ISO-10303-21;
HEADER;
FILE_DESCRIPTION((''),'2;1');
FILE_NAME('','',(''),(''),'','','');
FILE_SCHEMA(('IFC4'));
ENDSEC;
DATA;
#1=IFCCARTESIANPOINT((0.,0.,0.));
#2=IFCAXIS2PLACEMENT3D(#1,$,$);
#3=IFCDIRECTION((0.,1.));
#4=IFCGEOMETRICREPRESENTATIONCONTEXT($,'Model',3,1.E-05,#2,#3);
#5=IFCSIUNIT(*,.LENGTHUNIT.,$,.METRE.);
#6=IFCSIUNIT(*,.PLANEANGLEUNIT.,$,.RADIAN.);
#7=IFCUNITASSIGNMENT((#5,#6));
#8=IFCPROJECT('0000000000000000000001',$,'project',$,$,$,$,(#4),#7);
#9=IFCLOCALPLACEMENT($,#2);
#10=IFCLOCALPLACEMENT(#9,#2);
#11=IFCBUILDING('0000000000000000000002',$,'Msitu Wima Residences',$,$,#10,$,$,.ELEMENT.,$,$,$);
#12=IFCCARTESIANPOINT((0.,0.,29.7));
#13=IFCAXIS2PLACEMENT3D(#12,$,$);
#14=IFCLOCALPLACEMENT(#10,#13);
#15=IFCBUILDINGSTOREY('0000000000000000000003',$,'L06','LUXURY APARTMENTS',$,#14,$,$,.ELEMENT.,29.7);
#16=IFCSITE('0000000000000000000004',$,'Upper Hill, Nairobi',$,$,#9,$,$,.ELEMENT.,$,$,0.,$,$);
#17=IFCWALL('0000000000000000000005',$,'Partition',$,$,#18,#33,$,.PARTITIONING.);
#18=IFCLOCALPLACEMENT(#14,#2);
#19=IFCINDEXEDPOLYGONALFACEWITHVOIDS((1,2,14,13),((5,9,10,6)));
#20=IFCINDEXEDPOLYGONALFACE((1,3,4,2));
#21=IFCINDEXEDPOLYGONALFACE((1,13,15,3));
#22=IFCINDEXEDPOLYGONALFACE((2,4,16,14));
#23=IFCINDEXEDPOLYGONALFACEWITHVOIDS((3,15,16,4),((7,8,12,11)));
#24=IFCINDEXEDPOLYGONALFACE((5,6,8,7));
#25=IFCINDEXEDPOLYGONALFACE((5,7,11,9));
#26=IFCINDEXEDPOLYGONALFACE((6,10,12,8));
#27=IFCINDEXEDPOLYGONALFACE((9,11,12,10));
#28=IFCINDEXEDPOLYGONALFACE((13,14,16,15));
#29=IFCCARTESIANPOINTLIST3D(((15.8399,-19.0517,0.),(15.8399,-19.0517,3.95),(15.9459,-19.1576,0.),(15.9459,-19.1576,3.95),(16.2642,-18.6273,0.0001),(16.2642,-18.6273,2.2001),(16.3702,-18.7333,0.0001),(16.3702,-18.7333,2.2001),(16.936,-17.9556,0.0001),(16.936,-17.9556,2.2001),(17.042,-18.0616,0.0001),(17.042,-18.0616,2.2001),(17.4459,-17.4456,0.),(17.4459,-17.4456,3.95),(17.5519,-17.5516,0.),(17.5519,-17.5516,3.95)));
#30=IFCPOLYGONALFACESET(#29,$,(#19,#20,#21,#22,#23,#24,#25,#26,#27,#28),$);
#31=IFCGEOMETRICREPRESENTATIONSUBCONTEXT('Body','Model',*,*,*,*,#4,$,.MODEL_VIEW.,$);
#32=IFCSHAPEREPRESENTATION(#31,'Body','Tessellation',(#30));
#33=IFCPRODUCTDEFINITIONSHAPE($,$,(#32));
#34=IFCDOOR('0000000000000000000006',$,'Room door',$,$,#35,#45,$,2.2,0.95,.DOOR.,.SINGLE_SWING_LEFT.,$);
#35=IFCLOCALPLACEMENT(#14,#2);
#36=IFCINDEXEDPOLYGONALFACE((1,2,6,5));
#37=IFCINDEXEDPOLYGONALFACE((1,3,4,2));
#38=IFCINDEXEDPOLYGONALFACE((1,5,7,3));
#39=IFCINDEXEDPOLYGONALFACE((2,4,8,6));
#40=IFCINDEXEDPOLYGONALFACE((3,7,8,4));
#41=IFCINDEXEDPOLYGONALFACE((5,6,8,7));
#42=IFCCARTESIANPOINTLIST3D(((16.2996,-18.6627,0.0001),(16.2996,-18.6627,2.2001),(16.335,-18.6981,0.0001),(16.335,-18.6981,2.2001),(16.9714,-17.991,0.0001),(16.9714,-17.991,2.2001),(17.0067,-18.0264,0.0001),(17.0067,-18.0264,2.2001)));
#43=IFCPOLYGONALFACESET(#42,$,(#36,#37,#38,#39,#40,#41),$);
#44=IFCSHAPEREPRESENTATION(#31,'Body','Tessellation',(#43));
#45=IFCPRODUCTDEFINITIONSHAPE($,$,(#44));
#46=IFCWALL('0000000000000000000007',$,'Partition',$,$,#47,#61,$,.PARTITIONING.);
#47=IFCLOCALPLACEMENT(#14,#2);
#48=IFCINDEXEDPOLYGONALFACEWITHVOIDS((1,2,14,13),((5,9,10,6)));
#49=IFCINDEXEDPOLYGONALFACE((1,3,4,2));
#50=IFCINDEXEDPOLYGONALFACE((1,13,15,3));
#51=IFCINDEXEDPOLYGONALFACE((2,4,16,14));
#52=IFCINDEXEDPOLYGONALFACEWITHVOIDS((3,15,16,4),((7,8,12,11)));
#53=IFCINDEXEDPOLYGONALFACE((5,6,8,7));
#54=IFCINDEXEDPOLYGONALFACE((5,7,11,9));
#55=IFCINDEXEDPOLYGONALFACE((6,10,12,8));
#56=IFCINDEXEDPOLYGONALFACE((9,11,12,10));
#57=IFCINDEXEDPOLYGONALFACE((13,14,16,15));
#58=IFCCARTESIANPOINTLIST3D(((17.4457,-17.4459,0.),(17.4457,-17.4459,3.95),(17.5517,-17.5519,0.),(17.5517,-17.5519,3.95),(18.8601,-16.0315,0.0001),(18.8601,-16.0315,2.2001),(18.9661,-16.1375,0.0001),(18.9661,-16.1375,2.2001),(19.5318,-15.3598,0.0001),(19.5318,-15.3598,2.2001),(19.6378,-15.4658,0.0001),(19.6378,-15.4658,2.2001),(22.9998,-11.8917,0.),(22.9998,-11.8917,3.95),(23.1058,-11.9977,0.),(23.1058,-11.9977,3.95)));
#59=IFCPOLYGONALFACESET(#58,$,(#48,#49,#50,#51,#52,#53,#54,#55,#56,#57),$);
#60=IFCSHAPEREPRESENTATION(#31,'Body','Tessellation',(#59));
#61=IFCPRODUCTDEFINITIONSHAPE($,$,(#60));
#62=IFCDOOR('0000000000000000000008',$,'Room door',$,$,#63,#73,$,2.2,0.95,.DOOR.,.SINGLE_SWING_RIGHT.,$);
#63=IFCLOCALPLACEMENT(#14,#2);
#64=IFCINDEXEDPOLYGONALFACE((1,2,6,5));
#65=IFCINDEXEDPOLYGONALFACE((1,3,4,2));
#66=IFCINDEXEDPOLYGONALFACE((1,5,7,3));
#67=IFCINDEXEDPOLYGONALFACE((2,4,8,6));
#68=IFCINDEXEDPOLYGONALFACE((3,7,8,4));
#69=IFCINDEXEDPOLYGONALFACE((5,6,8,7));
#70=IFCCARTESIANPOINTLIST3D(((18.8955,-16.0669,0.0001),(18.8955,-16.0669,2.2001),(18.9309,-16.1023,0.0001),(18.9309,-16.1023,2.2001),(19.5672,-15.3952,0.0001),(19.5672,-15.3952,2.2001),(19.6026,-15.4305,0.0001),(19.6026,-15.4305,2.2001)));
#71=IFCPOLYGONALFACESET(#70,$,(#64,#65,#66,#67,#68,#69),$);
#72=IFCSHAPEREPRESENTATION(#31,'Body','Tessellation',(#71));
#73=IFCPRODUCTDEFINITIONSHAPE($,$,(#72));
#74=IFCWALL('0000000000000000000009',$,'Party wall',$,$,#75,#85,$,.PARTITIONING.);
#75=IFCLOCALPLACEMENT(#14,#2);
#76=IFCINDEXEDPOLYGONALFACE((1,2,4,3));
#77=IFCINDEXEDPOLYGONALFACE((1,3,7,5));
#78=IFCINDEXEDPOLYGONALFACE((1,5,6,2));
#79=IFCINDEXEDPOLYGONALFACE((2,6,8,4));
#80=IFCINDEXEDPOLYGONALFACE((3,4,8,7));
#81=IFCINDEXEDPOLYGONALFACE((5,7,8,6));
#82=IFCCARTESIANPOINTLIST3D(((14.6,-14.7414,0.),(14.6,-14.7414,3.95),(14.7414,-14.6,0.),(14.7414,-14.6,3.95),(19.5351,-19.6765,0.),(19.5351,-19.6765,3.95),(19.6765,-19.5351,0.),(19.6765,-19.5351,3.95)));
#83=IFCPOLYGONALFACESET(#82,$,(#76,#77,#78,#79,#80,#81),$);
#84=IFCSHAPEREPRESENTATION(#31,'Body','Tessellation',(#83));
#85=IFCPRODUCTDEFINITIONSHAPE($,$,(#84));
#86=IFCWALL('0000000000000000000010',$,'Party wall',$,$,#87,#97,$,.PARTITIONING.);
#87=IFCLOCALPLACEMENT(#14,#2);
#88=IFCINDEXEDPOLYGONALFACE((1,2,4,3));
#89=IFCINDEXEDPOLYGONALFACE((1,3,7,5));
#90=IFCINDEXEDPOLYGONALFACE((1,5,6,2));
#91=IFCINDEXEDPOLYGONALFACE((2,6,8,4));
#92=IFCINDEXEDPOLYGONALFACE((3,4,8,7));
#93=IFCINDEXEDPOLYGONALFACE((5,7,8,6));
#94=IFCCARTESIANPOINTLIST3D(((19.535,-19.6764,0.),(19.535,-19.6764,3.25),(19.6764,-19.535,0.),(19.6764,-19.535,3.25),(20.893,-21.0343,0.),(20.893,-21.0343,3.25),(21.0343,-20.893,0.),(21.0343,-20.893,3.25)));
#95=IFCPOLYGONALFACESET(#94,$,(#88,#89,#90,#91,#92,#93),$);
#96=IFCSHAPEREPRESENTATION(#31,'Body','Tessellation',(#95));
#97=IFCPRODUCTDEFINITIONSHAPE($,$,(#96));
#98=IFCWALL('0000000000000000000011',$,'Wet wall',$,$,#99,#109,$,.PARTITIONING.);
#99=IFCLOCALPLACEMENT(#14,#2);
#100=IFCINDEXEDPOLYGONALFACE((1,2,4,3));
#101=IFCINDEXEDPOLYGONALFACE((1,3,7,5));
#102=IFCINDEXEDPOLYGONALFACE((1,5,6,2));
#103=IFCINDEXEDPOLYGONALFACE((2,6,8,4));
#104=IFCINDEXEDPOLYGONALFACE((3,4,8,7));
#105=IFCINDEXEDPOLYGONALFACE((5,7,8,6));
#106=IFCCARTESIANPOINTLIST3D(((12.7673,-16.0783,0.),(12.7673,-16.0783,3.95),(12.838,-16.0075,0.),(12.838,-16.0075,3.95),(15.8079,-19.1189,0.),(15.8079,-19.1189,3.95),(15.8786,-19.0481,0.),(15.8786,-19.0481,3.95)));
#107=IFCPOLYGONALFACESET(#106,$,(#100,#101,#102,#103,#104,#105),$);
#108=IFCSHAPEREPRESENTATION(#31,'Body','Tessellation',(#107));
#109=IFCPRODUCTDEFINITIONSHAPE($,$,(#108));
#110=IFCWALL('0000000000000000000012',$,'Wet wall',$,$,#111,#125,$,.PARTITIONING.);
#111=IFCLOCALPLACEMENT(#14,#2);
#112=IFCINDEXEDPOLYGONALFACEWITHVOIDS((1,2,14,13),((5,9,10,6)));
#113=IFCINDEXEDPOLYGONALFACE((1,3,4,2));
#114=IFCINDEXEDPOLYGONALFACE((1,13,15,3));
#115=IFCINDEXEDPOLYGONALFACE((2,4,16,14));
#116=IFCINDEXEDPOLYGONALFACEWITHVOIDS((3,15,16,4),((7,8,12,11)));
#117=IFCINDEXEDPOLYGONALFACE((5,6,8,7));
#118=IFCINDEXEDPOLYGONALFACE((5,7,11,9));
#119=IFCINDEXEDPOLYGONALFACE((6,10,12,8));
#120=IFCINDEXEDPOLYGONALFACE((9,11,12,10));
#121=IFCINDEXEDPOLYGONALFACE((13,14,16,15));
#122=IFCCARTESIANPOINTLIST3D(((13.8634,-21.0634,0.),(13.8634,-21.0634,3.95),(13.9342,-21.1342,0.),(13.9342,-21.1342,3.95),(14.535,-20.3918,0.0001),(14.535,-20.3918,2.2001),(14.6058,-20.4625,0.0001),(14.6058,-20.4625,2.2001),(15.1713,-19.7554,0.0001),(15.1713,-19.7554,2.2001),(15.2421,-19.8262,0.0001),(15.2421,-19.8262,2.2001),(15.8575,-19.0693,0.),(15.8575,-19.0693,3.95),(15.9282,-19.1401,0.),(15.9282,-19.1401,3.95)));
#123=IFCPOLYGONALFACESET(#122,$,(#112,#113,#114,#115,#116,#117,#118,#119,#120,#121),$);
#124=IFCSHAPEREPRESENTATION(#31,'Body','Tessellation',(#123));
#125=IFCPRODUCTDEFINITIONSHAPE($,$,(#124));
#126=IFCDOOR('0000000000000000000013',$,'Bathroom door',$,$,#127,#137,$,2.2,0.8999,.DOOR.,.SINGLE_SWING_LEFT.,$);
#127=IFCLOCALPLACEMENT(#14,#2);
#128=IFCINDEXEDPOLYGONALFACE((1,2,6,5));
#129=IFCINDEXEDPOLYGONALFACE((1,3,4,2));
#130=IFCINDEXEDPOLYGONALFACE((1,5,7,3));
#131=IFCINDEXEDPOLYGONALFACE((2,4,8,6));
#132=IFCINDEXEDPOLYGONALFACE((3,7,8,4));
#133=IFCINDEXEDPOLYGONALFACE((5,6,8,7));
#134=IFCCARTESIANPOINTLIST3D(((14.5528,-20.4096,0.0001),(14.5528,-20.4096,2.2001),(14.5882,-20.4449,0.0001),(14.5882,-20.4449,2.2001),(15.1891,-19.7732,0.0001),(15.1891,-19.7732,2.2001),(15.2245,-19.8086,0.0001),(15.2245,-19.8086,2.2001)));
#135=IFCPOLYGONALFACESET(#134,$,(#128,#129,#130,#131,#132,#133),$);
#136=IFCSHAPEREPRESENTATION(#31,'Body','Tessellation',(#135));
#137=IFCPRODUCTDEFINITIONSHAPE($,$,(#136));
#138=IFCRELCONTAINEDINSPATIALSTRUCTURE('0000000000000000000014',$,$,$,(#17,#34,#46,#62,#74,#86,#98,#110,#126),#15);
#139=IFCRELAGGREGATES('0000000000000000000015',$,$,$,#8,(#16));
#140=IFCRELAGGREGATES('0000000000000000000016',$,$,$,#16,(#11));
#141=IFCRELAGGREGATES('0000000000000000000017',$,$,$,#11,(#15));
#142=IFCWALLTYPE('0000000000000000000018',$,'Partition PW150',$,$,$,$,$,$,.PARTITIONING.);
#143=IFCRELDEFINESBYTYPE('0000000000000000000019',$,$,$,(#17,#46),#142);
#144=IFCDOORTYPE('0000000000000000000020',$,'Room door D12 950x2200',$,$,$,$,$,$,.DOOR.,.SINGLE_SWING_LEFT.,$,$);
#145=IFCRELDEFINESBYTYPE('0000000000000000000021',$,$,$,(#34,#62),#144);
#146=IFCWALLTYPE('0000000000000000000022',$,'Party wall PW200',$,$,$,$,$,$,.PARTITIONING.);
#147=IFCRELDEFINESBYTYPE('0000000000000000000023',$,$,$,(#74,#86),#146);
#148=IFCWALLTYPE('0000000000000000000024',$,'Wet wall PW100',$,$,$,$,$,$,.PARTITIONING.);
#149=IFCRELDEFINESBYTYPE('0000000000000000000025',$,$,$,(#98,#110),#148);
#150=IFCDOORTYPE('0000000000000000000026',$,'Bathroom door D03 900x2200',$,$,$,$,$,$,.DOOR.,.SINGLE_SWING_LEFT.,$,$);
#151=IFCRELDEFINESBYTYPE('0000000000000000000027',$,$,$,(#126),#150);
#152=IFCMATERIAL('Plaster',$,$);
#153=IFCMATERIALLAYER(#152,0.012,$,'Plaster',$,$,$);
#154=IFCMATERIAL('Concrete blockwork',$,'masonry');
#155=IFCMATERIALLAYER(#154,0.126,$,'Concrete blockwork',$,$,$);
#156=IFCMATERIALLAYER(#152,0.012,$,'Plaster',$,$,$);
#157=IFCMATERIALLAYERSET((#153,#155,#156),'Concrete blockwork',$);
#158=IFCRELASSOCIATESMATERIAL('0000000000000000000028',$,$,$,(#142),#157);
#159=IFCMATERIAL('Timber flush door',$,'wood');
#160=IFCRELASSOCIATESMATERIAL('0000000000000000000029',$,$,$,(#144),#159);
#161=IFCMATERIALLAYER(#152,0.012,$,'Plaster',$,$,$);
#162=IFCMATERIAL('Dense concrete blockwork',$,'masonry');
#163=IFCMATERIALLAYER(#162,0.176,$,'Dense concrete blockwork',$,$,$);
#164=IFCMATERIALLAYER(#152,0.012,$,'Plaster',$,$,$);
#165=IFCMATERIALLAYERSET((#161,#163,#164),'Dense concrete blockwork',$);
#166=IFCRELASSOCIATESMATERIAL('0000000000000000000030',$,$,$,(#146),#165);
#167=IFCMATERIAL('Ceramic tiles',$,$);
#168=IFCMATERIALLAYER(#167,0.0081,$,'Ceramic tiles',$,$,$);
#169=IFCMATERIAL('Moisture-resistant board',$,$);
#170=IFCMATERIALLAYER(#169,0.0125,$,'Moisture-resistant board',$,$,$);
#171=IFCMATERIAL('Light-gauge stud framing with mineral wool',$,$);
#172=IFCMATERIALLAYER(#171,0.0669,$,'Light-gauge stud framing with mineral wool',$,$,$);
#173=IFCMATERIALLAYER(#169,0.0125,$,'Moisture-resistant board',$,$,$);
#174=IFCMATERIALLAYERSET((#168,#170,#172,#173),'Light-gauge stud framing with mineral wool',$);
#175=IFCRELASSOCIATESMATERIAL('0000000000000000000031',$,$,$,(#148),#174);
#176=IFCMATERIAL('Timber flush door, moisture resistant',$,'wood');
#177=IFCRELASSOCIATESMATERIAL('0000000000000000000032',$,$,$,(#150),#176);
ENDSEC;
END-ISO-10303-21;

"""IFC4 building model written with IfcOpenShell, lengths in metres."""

from ifc_helpers import new_model, si_unit, direction, frame, frame_2d, origin, place, context, subcontext, project, spatial, rectangle, extrude, material, layer, layer_set, type_object, element, fill, save


model = new_model("IFC4")

# Units and contexts
model_context = context("Model", 3, precision=1e-05, world=origin(), true_north=direction((0.0, 1.0)))
body_context = subcontext(model_context, "Body", "Model", "MODEL_VIEW")
ifc_project = project(units=[si_unit("LENGTHUNIT", "METRE"), si_unit("PLANEANGLEUNIT", "RADIAN")], contexts=[model_context])

# Site, building, storey
site_placement = place(None, origin())
site = spatial("IfcSite", under=ifc_project, at=site_placement, Name="Upper Hill, Nairobi", CompositionType="ELEMENT", RefElevation=0.0)
building_placement = place(site_placement, origin())
building = spatial("IfcBuilding", under=site, at=building_placement, Name="Msitu Wima Residences", CompositionType="ELEMENT")
storey_placement = place(building_placement, frame((0.0, 0.0, 29.7)))
storey = spatial("IfcBuildingStorey", under=building, at=storey_placement, Name="L06", Description="LUXURY APARTMENTS", CompositionType="ELEMENT", Elevation=29.7)

# Shared definitions
ifc_material_1 = material(Name="Plaster")
ifc_material_2 = material(Name="Concrete blockwork", Category="masonry")

# Shared definitions
ifc_layer_1 = layer(ifc_material_1, 0.012, Name="Plaster")
ifc_layer_2 = layer(ifc_material_2, 0.126, Name="Concrete blockwork")
ifc_layer_3 = layer(ifc_material_1, 0.012, Name="Plaster")
ifc_layer_set_1 = layer_set([ifc_layer_1, ifc_layer_2, ifc_layer_3], Name="Concrete blockwork")
wall_type_1 = type_object("IfcWallType", Name="Partition PW150", PredefinedType="PARTITIONING", material=ifc_layer_set_1)

# Walls, openings, doors
wall_1_placement = place(storey_placement, frame((15.8928, -19.1047, 0.0), z_axis=(0.0, 0.0, 1.0), x_axis=(0.707107, 0.707107, 0.0)))
wall_1 = element("IfcWall", 1, at=wall_1_placement, inside=storey, type_object=wall_type_1, Name="Partition", PredefinedType="PARTITIONING", context=body_context, shape_type="SweptSolid", body=[
    extrude(rectangle(XDim=2.2712, YDim=0.1499, at=frame_2d((1.1357, 0.0))), origin(), (0.0, 0.0, 1.0), 3.95),
])
opening_1_placement = place(wall_1_placement, frame((0.6001, 0.0, 0.0)))
opening_1 = element("IfcOpeningElement", 2, at=opening_1_placement, cuts=wall_1, PredefinedType="OPENING", context=body_context, shape_type="SweptSolid", body=[
    extrude(rectangle(XDim=0.95, YDim=2.2, at=frame_2d((0.4751, 1.1001))), frame((0.0, 0.085, 0.0), z_axis=(0.0, -1.0, 0.0), x_axis=(1.0, 0.0, 0.0)), (0.0, 0.0, 1.0), 0.1699),
])
ifc_material_3 = material(Name="Timber flush door", Category="wood")
door_type_1 = type_object("IfcDoorType", Name="Room door D12 950x2200", OperationType="SINGLE_SWING_LEFT", PredefinedType="DOOR", material=ifc_material_3)
door_1_placement = place(opening_1_placement, origin())
door_1 = element("IfcDoor", 3, at=door_1_placement, inside=storey, type_object=door_type_1, Name="Room door", OperationType="SINGLE_SWING_LEFT", OverallHeight=2.2, OverallWidth=0.95, PredefinedType="DOOR", context=body_context, shape_type="SweptSolid", body=[
    extrude(rectangle(XDim=0.95, YDim=2.2, at=frame_2d((0.4751, 1.1001))), frame((0.0, 0.0249, 0.0), z_axis=(0.0, -1.0, 0.0), x_axis=(1.0, 0.0, 0.0)), (0.0, 0.0, 1.0), 0.05),
])
fill(opening_1, door_1)
wall_2_placement = place(storey_placement, frame((17.4988, -17.4988, 0.0), z_axis=(0.0, 0.0, 1.0), x_axis=(0.707107, 0.707107, 0.0)))
wall_2 = element("IfcWall", 4, at=wall_2_placement, inside=storey, type_object=wall_type_1, Name="Partition", PredefinedType="PARTITIONING", context=body_context, shape_type="SweptSolid", body=[
    extrude(rectangle(XDim=7.8547, YDim=0.1499, at=frame_2d((3.9272, 0.0))), origin(), (0.0, 0.0, 1.0), 3.95),
])
opening_2_placement = place(wall_2_placement, frame((2.0, 0.0, 0.0)))
opening_2 = element("IfcOpeningElement", 5, at=opening_2_placement, cuts=wall_2, PredefinedType="OPENING", context=body_context, shape_type="SweptSolid", body=[
    extrude(rectangle(XDim=0.95, YDim=2.2, at=frame_2d((0.4751, 1.1001))), frame((0.0, 0.085, 0.0), z_axis=(0.0, -1.0, 0.0), x_axis=(1.0, 0.0, 0.0)), (0.0, 0.0, 1.0), 0.1699),
])
door_2_placement = place(opening_2_placement, origin())
door_2 = element("IfcDoor", 6, at=door_2_placement, inside=storey, type_object=door_type_1, Name="Room door", OperationType="SINGLE_SWING_RIGHT", OverallHeight=2.2, OverallWidth=0.95, PredefinedType="DOOR", context=body_context, shape_type="SweptSolid", body=[
    extrude(rectangle(XDim=0.95, YDim=2.2, at=frame_2d((0.4751, 1.1001))), frame((0.0, 0.0249, 0.0), z_axis=(0.0, -1.0, 0.0), x_axis=(1.0, 0.0, 0.0)), (0.0, 0.0, 1.0), 0.05),
])
fill(opening_2, door_2)

# Walls
ifc_layer_4 = layer(ifc_material_1, 0.012, Name="Plaster")
ifc_material_4 = material(Name="Dense concrete blockwork", Category="masonry")
ifc_layer_5 = layer(ifc_material_4, 0.176, Name="Dense concrete blockwork")
ifc_layer_6 = layer(ifc_material_1, 0.012, Name="Plaster")
ifc_layer_set_2 = layer_set([ifc_layer_4, ifc_layer_5, ifc_layer_6], Name="Dense concrete blockwork")
wall_type_2 = type_object("IfcWallType", Name="Party wall PW200", PredefinedType="PARTITIONING", material=ifc_layer_set_2)
wall_3_placement = place(storey_placement, frame((14.6707, -14.6707, 0.0), z_axis=(0.0, 0.0, 1.0), x_axis=(0.707107, -0.707107, 0.0)))
element("IfcWall", 7, at=wall_3_placement, inside=storey, type_object=wall_type_2, Name="Party wall", PredefinedType="PARTITIONING", context=body_context, shape_type="SweptSolid", body=[
    extrude(rectangle(XDim=6.9792, YDim=0.2, at=frame_2d((3.4897, 0.0))), origin(), (0.0, 0.0, 1.0), 3.95),
])
wall_4_placement = place(storey_placement, frame((19.6057, -19.6057, 0.0), z_axis=(0.0, 0.0, 1.0), x_axis=(0.707107, -0.707107, 0.0)))
element("IfcWall", 8, at=wall_4_placement, inside=storey, type_object=wall_type_2, Name="Party wall", PredefinedType="PARTITIONING", context=body_context, shape_type="SweptSolid", body=[
    extrude(rectangle(XDim=1.9204, YDim=0.2, at=frame_2d((0.9602, 0.0))), origin(), (0.0, 0.0, 1.0), 3.25),
])
ifc_material_5 = material(Name="Ceramic tiles")
ifc_layer_7 = layer(ifc_material_5, 0.0081, Name="Ceramic tiles")
ifc_material_6 = material(Name="Moisture-resistant board")
ifc_layer_8 = layer(ifc_material_6, 0.0125, Name="Moisture-resistant board")
ifc_material_7 = material(Name="Light-gauge stud framing with mineral wool")
ifc_layer_9 = layer(ifc_material_7, 0.0669, Name="Light-gauge stud framing with mineral wool")
ifc_layer_10 = layer(ifc_material_6, 0.0125, Name="Moisture-resistant board")
ifc_layer_set_3 = layer_set([ifc_layer_7, ifc_layer_8, ifc_layer_9, ifc_layer_10], Name="Light-gauge stud framing with mineral wool")
wall_type_3 = type_object("IfcWallType", Name="Wet wall PW100", PredefinedType="PARTITIONING", material=ifc_layer_set_3)
wall_5_placement = place(storey_placement, frame((12.8027, -16.043, 0.0), z_axis=(0.0, 0.0, 1.0), x_axis=(0.707107, -0.707107, 0.0)))
element("IfcWall", 9, at=wall_5_placement, inside=storey, type_object=wall_type_3, Name="Wet wall", PredefinedType="PARTITIONING", context=body_context, shape_type="SweptSolid", body=[
    extrude(rectangle(XDim=4.3, YDim=0.1001, at=frame_2d((2.1499, 0.0))), origin(), (0.0, 0.0, 1.0), 3.95),
])

# Wall, opening, door
wall_6_placement = place(storey_placement, frame((13.8987, -21.0989, 0.0), z_axis=(0.0, 0.0, 1.0), x_axis=(0.707107, 0.707107, 0.0)))
wall_6 = element("IfcWall", 10, at=wall_6_placement, inside=storey, type_object=wall_type_3, Name="Wet wall", PredefinedType="PARTITIONING", context=body_context, shape_type="SweptSolid", body=[
    extrude(rectangle(XDim=2.8201, YDim=0.1001, at=frame_2d((1.4102, 0.0))), origin(), (0.0, 0.0, 1.0), 3.95),
])
opening_3_placement = place(wall_6_placement, frame((0.95, 0.0, 0.0)))
opening_3 = element("IfcOpeningElement", 11, at=opening_3_placement, cuts=wall_6, PredefinedType="OPENING", context=body_context, shape_type="SweptSolid", body=[
    extrude(rectangle(XDim=0.8999, YDim=2.2, at=frame_2d((0.45, 1.1001))), frame((0.0, 0.0601, 0.0), z_axis=(0.0, -1.0, 0.0), x_axis=(1.0, 0.0, 0.0)), (0.0, 0.0, 1.0), 0.1201),
])
ifc_material_8 = material(Name="Timber flush door, moisture resistant", Category="wood")
door_type_2 = type_object("IfcDoorType", Name="Bathroom door D03 900x2200", OperationType="SINGLE_SWING_LEFT", PredefinedType="DOOR", material=ifc_material_8)
door_3_placement = place(opening_3_placement, origin())
door_3 = element("IfcDoor", 12, at=door_3_placement, inside=storey, type_object=door_type_2, Name="Bathroom door", OperationType="SINGLE_SWING_LEFT", OverallHeight=2.2, OverallWidth=0.8999, PredefinedType="DOOR", context=body_context, shape_type="SweptSolid", body=[
    extrude(rectangle(XDim=0.8999, YDim=2.2, at=frame_2d((0.45, 1.1001))), frame((0.0, 0.0249, 0.0), z_axis=(0.0, -1.0, 0.0), x_axis=(1.0, 0.0, 0.0)), (0.0, 0.0, 1.0), 0.05),
])
fill(opening_3, door_3)

save(model, "model.ifc")
